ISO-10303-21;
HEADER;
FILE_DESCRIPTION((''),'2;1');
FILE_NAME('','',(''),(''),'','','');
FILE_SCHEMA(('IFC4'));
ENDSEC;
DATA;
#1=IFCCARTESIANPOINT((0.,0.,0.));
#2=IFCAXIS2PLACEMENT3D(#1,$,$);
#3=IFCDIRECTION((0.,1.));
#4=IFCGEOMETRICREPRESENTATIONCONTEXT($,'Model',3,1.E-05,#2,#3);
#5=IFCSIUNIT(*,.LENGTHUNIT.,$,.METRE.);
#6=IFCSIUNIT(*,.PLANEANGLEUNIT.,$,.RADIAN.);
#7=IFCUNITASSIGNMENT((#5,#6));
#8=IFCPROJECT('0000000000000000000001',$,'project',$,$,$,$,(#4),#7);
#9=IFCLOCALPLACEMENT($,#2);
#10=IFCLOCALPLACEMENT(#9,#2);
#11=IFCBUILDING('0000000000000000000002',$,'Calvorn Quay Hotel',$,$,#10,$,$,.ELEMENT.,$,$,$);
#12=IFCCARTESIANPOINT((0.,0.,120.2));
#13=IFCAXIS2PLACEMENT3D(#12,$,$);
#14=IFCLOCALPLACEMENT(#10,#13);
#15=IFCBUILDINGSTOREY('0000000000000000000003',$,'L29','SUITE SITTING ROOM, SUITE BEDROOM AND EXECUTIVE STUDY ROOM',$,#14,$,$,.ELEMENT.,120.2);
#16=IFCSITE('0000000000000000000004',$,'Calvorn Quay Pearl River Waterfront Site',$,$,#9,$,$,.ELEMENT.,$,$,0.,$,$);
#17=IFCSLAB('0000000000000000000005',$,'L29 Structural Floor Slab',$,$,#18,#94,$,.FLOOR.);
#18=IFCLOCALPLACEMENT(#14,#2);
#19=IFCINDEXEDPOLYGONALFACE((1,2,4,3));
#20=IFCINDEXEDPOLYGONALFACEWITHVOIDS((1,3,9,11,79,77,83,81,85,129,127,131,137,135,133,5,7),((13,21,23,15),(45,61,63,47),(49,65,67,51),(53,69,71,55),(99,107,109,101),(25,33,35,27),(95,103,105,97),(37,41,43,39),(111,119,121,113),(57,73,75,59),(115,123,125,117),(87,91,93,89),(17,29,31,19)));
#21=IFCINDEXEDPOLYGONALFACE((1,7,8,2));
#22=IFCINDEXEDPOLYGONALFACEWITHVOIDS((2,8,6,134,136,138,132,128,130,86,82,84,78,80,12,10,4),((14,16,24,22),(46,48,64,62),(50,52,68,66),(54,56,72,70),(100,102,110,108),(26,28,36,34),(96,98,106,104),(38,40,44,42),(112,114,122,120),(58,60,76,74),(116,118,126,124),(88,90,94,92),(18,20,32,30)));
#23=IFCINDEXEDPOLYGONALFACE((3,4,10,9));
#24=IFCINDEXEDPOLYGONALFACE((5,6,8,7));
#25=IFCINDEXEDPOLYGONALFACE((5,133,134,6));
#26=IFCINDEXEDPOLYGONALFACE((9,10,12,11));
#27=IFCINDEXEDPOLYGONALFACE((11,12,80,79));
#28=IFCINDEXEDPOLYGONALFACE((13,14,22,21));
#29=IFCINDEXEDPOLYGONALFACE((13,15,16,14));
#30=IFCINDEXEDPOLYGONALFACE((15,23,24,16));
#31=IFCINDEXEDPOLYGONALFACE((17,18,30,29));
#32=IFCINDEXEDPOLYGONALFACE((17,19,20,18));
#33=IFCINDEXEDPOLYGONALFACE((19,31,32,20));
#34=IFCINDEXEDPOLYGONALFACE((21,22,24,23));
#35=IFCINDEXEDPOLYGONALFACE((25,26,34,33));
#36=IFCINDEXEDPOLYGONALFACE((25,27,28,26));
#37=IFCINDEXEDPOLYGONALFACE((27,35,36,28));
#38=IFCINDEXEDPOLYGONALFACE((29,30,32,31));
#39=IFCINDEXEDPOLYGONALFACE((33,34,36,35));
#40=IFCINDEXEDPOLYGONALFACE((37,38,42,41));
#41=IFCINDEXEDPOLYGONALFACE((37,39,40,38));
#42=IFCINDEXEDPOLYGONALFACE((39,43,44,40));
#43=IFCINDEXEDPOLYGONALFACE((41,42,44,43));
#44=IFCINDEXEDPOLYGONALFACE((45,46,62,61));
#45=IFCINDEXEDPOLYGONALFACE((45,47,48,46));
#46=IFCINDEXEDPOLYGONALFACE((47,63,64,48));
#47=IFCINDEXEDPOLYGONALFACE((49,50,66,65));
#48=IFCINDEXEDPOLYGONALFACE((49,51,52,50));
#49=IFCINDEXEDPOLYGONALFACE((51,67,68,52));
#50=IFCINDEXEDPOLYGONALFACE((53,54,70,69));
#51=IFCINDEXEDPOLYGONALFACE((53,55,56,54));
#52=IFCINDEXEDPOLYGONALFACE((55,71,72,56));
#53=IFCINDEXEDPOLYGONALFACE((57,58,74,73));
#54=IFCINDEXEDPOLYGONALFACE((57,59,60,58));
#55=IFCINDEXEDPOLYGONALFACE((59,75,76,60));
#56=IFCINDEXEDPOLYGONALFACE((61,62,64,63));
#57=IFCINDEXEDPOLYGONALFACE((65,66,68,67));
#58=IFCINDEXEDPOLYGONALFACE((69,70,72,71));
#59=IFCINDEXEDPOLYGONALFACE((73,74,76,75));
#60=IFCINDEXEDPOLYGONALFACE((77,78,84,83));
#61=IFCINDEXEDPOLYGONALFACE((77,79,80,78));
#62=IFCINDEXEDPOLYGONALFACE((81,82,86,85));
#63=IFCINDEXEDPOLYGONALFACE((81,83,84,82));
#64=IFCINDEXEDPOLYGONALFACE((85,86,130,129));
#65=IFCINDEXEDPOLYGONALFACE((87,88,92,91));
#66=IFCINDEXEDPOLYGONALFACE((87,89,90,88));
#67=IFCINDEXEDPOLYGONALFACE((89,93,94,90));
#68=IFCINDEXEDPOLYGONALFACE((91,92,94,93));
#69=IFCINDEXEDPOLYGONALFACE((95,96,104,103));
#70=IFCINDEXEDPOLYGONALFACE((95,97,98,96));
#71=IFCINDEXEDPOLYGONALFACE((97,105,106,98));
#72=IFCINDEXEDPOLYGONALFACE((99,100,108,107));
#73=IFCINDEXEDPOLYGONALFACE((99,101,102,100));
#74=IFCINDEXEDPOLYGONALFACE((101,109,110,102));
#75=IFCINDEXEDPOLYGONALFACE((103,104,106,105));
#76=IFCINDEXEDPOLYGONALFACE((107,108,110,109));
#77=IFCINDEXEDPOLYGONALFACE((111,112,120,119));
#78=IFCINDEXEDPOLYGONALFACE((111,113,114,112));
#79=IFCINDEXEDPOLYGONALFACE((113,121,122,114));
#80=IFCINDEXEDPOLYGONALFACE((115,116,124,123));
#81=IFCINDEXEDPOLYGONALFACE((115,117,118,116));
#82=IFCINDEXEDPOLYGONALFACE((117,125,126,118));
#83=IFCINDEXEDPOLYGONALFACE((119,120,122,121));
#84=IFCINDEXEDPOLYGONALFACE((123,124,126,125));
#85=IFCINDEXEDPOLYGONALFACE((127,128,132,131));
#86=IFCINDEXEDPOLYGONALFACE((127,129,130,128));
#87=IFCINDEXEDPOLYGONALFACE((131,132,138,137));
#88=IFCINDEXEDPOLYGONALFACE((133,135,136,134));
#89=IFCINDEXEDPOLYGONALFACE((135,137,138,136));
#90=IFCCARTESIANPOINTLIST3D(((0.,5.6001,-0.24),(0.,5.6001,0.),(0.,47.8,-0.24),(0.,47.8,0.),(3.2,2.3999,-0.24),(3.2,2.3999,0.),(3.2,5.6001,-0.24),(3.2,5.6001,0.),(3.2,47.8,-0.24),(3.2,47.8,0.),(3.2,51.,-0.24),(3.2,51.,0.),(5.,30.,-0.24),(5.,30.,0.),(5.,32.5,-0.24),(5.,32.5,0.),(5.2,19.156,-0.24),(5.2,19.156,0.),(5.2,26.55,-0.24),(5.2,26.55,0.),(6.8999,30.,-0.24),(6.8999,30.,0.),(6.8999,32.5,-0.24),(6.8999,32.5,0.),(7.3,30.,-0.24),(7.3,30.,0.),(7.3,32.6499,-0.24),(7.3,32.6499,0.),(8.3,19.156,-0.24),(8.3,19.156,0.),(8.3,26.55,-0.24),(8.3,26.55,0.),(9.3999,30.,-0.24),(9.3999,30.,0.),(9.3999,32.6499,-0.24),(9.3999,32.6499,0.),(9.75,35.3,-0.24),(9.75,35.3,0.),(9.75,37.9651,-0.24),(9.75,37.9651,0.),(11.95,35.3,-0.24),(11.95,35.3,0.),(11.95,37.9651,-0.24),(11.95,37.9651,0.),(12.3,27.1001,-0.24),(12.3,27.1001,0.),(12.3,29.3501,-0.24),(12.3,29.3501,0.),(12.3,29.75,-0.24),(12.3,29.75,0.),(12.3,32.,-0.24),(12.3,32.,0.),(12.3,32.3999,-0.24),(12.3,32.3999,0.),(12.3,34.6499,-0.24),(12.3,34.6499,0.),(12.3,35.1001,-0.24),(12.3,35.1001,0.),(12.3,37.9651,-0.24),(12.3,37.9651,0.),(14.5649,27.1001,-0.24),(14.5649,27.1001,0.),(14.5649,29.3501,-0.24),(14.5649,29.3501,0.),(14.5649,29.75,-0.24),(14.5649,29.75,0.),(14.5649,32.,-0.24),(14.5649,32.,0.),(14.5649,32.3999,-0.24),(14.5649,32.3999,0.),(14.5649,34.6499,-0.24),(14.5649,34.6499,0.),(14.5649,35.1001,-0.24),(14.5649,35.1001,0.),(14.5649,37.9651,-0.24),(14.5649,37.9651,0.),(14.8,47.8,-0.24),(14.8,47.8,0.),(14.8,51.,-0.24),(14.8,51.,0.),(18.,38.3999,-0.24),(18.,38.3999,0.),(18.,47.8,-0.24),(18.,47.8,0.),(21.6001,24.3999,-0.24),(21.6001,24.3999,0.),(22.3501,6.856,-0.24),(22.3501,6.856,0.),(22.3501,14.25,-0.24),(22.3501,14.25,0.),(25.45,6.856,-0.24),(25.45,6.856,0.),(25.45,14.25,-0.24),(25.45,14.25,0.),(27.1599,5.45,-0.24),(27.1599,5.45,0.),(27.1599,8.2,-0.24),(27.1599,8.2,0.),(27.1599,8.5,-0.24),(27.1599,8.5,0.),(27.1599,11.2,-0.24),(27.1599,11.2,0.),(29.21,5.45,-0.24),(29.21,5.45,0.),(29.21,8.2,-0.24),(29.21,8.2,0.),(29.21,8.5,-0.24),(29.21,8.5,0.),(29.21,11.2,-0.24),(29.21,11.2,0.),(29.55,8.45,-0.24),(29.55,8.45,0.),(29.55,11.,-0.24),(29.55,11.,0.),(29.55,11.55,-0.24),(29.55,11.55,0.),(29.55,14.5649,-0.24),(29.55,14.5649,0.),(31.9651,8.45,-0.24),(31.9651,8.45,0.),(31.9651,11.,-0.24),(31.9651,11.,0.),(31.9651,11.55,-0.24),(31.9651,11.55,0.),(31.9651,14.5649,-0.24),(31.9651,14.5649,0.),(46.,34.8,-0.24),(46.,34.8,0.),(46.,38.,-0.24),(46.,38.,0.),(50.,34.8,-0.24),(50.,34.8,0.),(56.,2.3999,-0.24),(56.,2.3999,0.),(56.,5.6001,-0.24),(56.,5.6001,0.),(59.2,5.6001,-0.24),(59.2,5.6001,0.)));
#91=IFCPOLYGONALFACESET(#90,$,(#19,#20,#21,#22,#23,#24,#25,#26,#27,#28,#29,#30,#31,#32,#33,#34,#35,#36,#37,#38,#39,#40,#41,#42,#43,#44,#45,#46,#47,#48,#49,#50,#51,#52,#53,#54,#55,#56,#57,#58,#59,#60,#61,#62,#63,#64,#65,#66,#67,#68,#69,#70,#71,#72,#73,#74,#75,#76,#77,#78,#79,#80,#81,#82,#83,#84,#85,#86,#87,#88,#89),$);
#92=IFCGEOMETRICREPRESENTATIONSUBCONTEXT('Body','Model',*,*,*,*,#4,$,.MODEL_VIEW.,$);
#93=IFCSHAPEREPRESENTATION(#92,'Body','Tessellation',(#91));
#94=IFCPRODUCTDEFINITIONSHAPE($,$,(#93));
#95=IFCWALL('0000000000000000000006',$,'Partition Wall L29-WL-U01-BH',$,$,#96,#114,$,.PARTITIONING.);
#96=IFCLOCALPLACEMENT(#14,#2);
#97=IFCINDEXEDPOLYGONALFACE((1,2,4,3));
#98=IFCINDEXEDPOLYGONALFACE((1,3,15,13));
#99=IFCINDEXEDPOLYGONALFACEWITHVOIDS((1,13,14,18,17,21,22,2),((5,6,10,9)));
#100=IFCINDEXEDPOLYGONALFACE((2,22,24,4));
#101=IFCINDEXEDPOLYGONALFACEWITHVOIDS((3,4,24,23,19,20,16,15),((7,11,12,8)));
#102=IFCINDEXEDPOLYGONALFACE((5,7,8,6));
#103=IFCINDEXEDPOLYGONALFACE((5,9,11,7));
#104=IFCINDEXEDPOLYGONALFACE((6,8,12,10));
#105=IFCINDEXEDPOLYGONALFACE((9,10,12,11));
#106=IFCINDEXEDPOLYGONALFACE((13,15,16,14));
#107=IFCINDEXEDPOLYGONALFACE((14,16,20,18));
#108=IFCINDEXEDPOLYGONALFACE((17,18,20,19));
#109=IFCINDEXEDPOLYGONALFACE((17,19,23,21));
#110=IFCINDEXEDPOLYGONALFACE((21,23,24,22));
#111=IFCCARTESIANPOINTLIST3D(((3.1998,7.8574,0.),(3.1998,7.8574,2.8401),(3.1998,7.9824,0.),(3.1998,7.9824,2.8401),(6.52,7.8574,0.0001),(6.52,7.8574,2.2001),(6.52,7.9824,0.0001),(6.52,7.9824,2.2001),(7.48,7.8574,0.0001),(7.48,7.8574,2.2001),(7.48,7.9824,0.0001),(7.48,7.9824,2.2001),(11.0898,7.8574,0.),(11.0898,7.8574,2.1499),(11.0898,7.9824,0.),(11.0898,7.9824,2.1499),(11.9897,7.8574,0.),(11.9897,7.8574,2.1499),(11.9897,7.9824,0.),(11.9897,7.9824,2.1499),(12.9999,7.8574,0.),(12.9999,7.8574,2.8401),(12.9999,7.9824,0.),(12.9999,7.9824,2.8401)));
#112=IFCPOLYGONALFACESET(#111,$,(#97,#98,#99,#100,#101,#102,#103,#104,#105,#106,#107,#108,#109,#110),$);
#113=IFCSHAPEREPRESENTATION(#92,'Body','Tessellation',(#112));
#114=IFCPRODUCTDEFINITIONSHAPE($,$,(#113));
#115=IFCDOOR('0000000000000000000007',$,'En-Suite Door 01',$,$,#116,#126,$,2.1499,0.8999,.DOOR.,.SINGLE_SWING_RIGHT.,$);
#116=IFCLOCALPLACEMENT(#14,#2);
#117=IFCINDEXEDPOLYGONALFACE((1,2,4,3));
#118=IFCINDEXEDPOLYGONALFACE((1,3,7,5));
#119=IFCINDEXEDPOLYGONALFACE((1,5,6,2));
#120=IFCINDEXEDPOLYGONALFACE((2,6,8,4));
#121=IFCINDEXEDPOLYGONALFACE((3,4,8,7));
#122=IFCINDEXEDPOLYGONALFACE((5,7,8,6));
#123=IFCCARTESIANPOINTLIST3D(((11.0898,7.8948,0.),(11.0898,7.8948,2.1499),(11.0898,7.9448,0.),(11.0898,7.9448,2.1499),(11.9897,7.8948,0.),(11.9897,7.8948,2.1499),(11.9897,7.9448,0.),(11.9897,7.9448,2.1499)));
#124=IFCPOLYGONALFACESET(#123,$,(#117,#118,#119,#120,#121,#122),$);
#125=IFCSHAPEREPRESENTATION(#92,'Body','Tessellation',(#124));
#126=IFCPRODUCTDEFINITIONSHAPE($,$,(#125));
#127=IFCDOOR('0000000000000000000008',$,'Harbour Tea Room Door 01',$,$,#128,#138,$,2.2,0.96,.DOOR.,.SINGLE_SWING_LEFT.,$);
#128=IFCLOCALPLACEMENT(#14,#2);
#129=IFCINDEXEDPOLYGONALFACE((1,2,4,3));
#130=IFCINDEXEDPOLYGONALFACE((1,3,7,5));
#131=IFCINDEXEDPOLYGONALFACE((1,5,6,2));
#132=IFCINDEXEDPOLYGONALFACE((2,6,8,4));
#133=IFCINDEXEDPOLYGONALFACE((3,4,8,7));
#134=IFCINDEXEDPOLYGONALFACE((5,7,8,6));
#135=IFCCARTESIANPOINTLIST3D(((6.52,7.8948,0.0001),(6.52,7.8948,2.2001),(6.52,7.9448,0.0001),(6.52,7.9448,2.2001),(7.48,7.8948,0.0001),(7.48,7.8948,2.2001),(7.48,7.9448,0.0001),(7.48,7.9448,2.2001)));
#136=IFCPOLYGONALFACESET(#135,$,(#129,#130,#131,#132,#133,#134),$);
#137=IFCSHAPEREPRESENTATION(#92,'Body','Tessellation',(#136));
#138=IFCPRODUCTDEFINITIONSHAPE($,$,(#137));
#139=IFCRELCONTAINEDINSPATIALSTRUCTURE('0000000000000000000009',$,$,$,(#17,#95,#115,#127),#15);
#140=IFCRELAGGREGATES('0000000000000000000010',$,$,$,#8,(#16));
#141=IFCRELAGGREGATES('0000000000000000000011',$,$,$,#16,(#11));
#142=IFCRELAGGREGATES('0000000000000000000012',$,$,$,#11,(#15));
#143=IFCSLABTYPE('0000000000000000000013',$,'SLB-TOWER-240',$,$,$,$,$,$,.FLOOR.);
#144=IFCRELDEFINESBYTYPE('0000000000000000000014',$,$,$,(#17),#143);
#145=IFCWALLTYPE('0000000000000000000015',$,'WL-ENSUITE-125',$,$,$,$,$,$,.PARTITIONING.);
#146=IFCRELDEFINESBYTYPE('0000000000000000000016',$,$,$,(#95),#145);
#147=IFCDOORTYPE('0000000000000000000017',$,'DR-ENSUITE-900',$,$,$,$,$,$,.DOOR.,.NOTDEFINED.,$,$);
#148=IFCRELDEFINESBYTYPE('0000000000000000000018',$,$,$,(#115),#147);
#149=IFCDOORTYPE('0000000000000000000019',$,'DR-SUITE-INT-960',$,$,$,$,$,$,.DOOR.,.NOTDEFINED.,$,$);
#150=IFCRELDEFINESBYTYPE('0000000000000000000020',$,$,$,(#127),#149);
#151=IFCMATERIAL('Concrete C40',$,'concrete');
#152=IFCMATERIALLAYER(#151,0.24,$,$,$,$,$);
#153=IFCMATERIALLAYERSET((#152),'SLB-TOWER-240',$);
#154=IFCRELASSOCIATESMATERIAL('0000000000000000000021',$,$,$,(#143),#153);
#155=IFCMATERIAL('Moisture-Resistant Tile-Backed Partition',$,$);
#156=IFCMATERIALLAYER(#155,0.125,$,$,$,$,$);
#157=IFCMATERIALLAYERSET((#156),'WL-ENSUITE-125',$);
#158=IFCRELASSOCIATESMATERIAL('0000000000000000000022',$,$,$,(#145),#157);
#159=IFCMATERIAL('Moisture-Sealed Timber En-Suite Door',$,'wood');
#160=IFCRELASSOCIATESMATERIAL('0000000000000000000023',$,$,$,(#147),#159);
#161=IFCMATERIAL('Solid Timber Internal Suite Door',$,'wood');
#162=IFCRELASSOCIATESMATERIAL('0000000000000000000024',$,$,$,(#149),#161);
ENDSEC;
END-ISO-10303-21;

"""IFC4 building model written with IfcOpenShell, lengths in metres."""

from ifc_helpers import new_model, si_unit, direction, frame, frame_2d, origin, place, context, subcontext, project, spatial, polyline, rectangle, outline, extrude, material, layer, layer_set, type_object, element, fill, save


model = new_model("IFC4")

# Units and contexts
model_context = context("Model", 3, precision=1e-05, world=origin(), true_north=direction((0.0, 1.0)))
body_context = subcontext(model_context, "Body", "Model", "MODEL_VIEW")
ifc_project = project(units=[si_unit("LENGTHUNIT", "METRE"), si_unit("PLANEANGLEUNIT", "RADIAN")], contexts=[model_context])

# Site, building, storey
site_placement = place(None, origin())
site = spatial("IfcSite", under=ifc_project, at=site_placement, Name="Calvorn Quay Pearl River Waterfront Site", CompositionType="ELEMENT", RefElevation=0.0)
building_placement = place(site_placement, origin())
building = spatial("IfcBuilding", under=site, at=building_placement, Name="Calvorn Quay Hotel", CompositionType="ELEMENT")
storey_placement = place(building_placement, frame((0.0, 0.0, 120.2)))
storey = spatial("IfcBuildingStorey", under=building, at=storey_placement, Name="L29", Description="SUITE SITTING ROOM, SUITE BEDROOM AND EXECUTIVE STUDY ROOM", CompositionType="ELEMENT", Elevation=120.2)

# Slab
ifc_material_1 = material(Name="Concrete C40", Category="concrete")
ifc_layer_1 = layer(ifc_material_1, 0.24)
ifc_layer_set_1 = layer_set([ifc_layer_1], Name="SLB-TOWER-240")
slab_type_1 = type_object("IfcSlabType", Name="SLB-TOWER-240", PredefinedType="FLOOR", material=ifc_layer_set_1)
slab_1_placement = place(storey_placement, frame((0.0, 0.0, -0.24)))
element("IfcSlab", 1, at=slab_1_placement, inside=storey, type_object=slab_type_1, Name="L29 Structural Floor Slab", PredefinedType="FLOOR", context=body_context, shape_type="SweptSolid", body=[
    extrude(outline(polyline([(0.0, 5.6001), (3.2, 5.6001), (3.2, 2.3999), (56.0, 2.3999), (56.0, 5.6001), (59.2, 5.6001), (50.0, 34.8), (46.0, 34.8), (46.0, 38.0), (21.6001, 24.3999), (18.0, 38.3999), (18.0, 47.8), (14.8, 47.8), (14.8, 51.0), (3.2, 51.0), (3.2, 47.8), (0.0, 47.8), (0.0, 5.6001)]), holes=[polyline([(5.2, 19.156), (8.3, 19.156), (8.3, 26.55), (5.2, 26.55), (5.2, 19.156)]), polyline([(22.3501, 6.856), (25.45, 6.856), (25.45, 14.25), (22.3501, 14.25), (22.3501, 6.856)]), polyline([(5.0, 30.0), (6.8999, 30.0), (6.8999, 32.5), (5.0, 32.5), (5.0, 30.0)]), polyline([(7.3, 30.0), (9.3999, 30.0), (9.3999, 32.6499), (7.3, 32.6499), (7.3, 30.0)]), polyline([(27.1599, 8.5), (29.21, 8.5), (29.21, 11.2), (27.1599, 11.2), (27.1599, 8.5)]), polyline([(27.1599, 5.45), (29.21, 5.45), (29.21, 8.2), (27.1599, 8.2), (27.1599, 5.45)]), polyline([(12.3, 27.1001), (14.5649, 27.1001), (14.5649, 29.3501), (12.3, 29.3501), (12.3, 27.1001)]), polyline([(12.3, 29.75), (14.5649, 29.75), (14.5649, 32.0), (12.3, 32.0), (12.3, 29.75)]), polyline([(12.3, 32.3999), (14.5649, 32.3999), (14.5649, 34.6499), (12.3, 34.6499), (12.3, 32.3999)]), polyline([(12.3, 35.1001), (14.5649, 35.1001), (14.5649, 37.9651), (12.3, 37.9651), (12.3, 35.1001)]), polyline([(9.75, 35.3), (11.95, 35.3), (11.95, 37.9651), (9.75, 37.9651), (9.75, 35.3)]), polyline([(29.55, 11.55), (31.9651, 11.55), (31.9651, 14.5649), (29.55, 14.5649), (29.55, 11.55)]), polyline([(29.55, 8.45), (31.9651, 8.45), (31.9651, 11.0), (29.55, 11.0), (29.55, 8.45)])]), origin(), (0.0, 0.0, 1.0), 0.24),
])

# Wall, openings, doors
ifc_material_2 = material(Name="Moisture-Resistant Tile-Backed Partition")
ifc_layer_2 = layer(ifc_material_2, 0.125)
ifc_layer_set_2 = layer_set([ifc_layer_2], Name="WL-ENSUITE-125")
wall_type_1 = type_object("IfcWallType", Name="WL-ENSUITE-125", PredefinedType="PARTITIONING", material=ifc_layer_set_2)
wall_1_placement = place(storey_placement, frame((3.2, 7.9199, 0.0), z_axis=(0.0, 0.0, 1.0), x_axis=(1.0, 0.0, 0.0)))
wall_1 = element("IfcWall", 2, at=wall_1_placement, inside=storey, type_object=wall_type_1, Name="Partition Wall L29-WL-U01-BH", PredefinedType="PARTITIONING", context=body_context, shape_type="SweptSolid", body=[
    extrude(rectangle(XDim=9.8, YDim=0.125, at=frame_2d((4.8999, 0.0))), origin(), (0.0, 0.0, 1.0), 2.8401),
])
opening_1_placement = place(wall_1_placement, frame((3.3201, 0.0, 0.0)))
opening_1 = element("IfcOpeningElement", 3, at=opening_1_placement, cuts=wall_1, PredefinedType="OPENING", context=body_context, shape_type="SweptSolid", body=[
    extrude(rectangle(XDim=0.96, YDim=2.2, at=frame_2d((0.48, 1.1001))), frame((0.0, 0.0725, 0.0), z_axis=(0.0, -1.0, 0.0), x_axis=(1.0, 0.0, 0.0)), (0.0, 0.0, 1.0), 0.145),
])
opening_2_placement = place(wall_1_placement, frame((7.8899, 0.0, 0.0)))
opening_2 = element("IfcOpeningElement", 4, at=opening_2_placement, cuts=wall_1, PredefinedType="OPENING", context=body_context, shape_type="SweptSolid", body=[
    extrude(rectangle(XDim=0.8999, YDim=2.1499, at=frame_2d((0.45, 1.075))), frame((0.0, 0.0725, 0.0), z_axis=(0.0, -1.0, 0.0), x_axis=(1.0, 0.0, 0.0)), (0.0, 0.0, 1.0), 0.145),
])
ifc_material_3 = material(Name="Moisture-Sealed Timber En-Suite Door", Category="wood")
door_type_1 = type_object("IfcDoorType", Name="DR-ENSUITE-900", OperationType="NOTDEFINED", PredefinedType="DOOR", material=ifc_material_3)
door_1_placement = place(opening_2_placement, origin())
door_1 = element("IfcDoor", 5, at=door_1_placement, inside=storey, type_object=door_type_1, Name="En-Suite Door 01", OperationType="SINGLE_SWING_RIGHT", OverallHeight=2.1499, OverallWidth=0.8999, PredefinedType="DOOR", context=body_context, shape_type="SweptSolid", body=[
    extrude(rectangle(XDim=0.8999, YDim=2.1499, at=frame_2d((0.45, 1.075))), frame((0.0, 0.0249, 0.0), z_axis=(0.0, -1.0, 0.0), x_axis=(1.0, 0.0, 0.0)), (0.0, 0.0, 1.0), 0.05),
])
fill(opening_2, door_1)
ifc_material_4 = material(Name="Solid Timber Internal Suite Door", Category="wood")
door_type_2 = type_object("IfcDoorType", Name="DR-SUITE-INT-960", OperationType="NOTDEFINED", PredefinedType="DOOR", material=ifc_material_4)
door_2_placement = place(opening_1_placement, origin())
door_2 = element("IfcDoor", 6, at=door_2_placement, inside=storey, type_object=door_type_2, Name="Harbour Tea Room Door 01", OperationType="SINGLE_SWING_LEFT", OverallHeight=2.2, OverallWidth=0.96, PredefinedType="DOOR", context=body_context, shape_type="SweptSolid", body=[
    extrude(rectangle(XDim=0.96, YDim=2.2, at=frame_2d((0.48, 1.1001))), frame((0.0, 0.0249, 0.0), z_axis=(0.0, -1.0, 0.0), x_axis=(1.0, 0.0, 0.0)), (0.0, 0.0, 1.0), 0.05),
])
fill(opening_1, door_2)

save(model, "model.ifc")
